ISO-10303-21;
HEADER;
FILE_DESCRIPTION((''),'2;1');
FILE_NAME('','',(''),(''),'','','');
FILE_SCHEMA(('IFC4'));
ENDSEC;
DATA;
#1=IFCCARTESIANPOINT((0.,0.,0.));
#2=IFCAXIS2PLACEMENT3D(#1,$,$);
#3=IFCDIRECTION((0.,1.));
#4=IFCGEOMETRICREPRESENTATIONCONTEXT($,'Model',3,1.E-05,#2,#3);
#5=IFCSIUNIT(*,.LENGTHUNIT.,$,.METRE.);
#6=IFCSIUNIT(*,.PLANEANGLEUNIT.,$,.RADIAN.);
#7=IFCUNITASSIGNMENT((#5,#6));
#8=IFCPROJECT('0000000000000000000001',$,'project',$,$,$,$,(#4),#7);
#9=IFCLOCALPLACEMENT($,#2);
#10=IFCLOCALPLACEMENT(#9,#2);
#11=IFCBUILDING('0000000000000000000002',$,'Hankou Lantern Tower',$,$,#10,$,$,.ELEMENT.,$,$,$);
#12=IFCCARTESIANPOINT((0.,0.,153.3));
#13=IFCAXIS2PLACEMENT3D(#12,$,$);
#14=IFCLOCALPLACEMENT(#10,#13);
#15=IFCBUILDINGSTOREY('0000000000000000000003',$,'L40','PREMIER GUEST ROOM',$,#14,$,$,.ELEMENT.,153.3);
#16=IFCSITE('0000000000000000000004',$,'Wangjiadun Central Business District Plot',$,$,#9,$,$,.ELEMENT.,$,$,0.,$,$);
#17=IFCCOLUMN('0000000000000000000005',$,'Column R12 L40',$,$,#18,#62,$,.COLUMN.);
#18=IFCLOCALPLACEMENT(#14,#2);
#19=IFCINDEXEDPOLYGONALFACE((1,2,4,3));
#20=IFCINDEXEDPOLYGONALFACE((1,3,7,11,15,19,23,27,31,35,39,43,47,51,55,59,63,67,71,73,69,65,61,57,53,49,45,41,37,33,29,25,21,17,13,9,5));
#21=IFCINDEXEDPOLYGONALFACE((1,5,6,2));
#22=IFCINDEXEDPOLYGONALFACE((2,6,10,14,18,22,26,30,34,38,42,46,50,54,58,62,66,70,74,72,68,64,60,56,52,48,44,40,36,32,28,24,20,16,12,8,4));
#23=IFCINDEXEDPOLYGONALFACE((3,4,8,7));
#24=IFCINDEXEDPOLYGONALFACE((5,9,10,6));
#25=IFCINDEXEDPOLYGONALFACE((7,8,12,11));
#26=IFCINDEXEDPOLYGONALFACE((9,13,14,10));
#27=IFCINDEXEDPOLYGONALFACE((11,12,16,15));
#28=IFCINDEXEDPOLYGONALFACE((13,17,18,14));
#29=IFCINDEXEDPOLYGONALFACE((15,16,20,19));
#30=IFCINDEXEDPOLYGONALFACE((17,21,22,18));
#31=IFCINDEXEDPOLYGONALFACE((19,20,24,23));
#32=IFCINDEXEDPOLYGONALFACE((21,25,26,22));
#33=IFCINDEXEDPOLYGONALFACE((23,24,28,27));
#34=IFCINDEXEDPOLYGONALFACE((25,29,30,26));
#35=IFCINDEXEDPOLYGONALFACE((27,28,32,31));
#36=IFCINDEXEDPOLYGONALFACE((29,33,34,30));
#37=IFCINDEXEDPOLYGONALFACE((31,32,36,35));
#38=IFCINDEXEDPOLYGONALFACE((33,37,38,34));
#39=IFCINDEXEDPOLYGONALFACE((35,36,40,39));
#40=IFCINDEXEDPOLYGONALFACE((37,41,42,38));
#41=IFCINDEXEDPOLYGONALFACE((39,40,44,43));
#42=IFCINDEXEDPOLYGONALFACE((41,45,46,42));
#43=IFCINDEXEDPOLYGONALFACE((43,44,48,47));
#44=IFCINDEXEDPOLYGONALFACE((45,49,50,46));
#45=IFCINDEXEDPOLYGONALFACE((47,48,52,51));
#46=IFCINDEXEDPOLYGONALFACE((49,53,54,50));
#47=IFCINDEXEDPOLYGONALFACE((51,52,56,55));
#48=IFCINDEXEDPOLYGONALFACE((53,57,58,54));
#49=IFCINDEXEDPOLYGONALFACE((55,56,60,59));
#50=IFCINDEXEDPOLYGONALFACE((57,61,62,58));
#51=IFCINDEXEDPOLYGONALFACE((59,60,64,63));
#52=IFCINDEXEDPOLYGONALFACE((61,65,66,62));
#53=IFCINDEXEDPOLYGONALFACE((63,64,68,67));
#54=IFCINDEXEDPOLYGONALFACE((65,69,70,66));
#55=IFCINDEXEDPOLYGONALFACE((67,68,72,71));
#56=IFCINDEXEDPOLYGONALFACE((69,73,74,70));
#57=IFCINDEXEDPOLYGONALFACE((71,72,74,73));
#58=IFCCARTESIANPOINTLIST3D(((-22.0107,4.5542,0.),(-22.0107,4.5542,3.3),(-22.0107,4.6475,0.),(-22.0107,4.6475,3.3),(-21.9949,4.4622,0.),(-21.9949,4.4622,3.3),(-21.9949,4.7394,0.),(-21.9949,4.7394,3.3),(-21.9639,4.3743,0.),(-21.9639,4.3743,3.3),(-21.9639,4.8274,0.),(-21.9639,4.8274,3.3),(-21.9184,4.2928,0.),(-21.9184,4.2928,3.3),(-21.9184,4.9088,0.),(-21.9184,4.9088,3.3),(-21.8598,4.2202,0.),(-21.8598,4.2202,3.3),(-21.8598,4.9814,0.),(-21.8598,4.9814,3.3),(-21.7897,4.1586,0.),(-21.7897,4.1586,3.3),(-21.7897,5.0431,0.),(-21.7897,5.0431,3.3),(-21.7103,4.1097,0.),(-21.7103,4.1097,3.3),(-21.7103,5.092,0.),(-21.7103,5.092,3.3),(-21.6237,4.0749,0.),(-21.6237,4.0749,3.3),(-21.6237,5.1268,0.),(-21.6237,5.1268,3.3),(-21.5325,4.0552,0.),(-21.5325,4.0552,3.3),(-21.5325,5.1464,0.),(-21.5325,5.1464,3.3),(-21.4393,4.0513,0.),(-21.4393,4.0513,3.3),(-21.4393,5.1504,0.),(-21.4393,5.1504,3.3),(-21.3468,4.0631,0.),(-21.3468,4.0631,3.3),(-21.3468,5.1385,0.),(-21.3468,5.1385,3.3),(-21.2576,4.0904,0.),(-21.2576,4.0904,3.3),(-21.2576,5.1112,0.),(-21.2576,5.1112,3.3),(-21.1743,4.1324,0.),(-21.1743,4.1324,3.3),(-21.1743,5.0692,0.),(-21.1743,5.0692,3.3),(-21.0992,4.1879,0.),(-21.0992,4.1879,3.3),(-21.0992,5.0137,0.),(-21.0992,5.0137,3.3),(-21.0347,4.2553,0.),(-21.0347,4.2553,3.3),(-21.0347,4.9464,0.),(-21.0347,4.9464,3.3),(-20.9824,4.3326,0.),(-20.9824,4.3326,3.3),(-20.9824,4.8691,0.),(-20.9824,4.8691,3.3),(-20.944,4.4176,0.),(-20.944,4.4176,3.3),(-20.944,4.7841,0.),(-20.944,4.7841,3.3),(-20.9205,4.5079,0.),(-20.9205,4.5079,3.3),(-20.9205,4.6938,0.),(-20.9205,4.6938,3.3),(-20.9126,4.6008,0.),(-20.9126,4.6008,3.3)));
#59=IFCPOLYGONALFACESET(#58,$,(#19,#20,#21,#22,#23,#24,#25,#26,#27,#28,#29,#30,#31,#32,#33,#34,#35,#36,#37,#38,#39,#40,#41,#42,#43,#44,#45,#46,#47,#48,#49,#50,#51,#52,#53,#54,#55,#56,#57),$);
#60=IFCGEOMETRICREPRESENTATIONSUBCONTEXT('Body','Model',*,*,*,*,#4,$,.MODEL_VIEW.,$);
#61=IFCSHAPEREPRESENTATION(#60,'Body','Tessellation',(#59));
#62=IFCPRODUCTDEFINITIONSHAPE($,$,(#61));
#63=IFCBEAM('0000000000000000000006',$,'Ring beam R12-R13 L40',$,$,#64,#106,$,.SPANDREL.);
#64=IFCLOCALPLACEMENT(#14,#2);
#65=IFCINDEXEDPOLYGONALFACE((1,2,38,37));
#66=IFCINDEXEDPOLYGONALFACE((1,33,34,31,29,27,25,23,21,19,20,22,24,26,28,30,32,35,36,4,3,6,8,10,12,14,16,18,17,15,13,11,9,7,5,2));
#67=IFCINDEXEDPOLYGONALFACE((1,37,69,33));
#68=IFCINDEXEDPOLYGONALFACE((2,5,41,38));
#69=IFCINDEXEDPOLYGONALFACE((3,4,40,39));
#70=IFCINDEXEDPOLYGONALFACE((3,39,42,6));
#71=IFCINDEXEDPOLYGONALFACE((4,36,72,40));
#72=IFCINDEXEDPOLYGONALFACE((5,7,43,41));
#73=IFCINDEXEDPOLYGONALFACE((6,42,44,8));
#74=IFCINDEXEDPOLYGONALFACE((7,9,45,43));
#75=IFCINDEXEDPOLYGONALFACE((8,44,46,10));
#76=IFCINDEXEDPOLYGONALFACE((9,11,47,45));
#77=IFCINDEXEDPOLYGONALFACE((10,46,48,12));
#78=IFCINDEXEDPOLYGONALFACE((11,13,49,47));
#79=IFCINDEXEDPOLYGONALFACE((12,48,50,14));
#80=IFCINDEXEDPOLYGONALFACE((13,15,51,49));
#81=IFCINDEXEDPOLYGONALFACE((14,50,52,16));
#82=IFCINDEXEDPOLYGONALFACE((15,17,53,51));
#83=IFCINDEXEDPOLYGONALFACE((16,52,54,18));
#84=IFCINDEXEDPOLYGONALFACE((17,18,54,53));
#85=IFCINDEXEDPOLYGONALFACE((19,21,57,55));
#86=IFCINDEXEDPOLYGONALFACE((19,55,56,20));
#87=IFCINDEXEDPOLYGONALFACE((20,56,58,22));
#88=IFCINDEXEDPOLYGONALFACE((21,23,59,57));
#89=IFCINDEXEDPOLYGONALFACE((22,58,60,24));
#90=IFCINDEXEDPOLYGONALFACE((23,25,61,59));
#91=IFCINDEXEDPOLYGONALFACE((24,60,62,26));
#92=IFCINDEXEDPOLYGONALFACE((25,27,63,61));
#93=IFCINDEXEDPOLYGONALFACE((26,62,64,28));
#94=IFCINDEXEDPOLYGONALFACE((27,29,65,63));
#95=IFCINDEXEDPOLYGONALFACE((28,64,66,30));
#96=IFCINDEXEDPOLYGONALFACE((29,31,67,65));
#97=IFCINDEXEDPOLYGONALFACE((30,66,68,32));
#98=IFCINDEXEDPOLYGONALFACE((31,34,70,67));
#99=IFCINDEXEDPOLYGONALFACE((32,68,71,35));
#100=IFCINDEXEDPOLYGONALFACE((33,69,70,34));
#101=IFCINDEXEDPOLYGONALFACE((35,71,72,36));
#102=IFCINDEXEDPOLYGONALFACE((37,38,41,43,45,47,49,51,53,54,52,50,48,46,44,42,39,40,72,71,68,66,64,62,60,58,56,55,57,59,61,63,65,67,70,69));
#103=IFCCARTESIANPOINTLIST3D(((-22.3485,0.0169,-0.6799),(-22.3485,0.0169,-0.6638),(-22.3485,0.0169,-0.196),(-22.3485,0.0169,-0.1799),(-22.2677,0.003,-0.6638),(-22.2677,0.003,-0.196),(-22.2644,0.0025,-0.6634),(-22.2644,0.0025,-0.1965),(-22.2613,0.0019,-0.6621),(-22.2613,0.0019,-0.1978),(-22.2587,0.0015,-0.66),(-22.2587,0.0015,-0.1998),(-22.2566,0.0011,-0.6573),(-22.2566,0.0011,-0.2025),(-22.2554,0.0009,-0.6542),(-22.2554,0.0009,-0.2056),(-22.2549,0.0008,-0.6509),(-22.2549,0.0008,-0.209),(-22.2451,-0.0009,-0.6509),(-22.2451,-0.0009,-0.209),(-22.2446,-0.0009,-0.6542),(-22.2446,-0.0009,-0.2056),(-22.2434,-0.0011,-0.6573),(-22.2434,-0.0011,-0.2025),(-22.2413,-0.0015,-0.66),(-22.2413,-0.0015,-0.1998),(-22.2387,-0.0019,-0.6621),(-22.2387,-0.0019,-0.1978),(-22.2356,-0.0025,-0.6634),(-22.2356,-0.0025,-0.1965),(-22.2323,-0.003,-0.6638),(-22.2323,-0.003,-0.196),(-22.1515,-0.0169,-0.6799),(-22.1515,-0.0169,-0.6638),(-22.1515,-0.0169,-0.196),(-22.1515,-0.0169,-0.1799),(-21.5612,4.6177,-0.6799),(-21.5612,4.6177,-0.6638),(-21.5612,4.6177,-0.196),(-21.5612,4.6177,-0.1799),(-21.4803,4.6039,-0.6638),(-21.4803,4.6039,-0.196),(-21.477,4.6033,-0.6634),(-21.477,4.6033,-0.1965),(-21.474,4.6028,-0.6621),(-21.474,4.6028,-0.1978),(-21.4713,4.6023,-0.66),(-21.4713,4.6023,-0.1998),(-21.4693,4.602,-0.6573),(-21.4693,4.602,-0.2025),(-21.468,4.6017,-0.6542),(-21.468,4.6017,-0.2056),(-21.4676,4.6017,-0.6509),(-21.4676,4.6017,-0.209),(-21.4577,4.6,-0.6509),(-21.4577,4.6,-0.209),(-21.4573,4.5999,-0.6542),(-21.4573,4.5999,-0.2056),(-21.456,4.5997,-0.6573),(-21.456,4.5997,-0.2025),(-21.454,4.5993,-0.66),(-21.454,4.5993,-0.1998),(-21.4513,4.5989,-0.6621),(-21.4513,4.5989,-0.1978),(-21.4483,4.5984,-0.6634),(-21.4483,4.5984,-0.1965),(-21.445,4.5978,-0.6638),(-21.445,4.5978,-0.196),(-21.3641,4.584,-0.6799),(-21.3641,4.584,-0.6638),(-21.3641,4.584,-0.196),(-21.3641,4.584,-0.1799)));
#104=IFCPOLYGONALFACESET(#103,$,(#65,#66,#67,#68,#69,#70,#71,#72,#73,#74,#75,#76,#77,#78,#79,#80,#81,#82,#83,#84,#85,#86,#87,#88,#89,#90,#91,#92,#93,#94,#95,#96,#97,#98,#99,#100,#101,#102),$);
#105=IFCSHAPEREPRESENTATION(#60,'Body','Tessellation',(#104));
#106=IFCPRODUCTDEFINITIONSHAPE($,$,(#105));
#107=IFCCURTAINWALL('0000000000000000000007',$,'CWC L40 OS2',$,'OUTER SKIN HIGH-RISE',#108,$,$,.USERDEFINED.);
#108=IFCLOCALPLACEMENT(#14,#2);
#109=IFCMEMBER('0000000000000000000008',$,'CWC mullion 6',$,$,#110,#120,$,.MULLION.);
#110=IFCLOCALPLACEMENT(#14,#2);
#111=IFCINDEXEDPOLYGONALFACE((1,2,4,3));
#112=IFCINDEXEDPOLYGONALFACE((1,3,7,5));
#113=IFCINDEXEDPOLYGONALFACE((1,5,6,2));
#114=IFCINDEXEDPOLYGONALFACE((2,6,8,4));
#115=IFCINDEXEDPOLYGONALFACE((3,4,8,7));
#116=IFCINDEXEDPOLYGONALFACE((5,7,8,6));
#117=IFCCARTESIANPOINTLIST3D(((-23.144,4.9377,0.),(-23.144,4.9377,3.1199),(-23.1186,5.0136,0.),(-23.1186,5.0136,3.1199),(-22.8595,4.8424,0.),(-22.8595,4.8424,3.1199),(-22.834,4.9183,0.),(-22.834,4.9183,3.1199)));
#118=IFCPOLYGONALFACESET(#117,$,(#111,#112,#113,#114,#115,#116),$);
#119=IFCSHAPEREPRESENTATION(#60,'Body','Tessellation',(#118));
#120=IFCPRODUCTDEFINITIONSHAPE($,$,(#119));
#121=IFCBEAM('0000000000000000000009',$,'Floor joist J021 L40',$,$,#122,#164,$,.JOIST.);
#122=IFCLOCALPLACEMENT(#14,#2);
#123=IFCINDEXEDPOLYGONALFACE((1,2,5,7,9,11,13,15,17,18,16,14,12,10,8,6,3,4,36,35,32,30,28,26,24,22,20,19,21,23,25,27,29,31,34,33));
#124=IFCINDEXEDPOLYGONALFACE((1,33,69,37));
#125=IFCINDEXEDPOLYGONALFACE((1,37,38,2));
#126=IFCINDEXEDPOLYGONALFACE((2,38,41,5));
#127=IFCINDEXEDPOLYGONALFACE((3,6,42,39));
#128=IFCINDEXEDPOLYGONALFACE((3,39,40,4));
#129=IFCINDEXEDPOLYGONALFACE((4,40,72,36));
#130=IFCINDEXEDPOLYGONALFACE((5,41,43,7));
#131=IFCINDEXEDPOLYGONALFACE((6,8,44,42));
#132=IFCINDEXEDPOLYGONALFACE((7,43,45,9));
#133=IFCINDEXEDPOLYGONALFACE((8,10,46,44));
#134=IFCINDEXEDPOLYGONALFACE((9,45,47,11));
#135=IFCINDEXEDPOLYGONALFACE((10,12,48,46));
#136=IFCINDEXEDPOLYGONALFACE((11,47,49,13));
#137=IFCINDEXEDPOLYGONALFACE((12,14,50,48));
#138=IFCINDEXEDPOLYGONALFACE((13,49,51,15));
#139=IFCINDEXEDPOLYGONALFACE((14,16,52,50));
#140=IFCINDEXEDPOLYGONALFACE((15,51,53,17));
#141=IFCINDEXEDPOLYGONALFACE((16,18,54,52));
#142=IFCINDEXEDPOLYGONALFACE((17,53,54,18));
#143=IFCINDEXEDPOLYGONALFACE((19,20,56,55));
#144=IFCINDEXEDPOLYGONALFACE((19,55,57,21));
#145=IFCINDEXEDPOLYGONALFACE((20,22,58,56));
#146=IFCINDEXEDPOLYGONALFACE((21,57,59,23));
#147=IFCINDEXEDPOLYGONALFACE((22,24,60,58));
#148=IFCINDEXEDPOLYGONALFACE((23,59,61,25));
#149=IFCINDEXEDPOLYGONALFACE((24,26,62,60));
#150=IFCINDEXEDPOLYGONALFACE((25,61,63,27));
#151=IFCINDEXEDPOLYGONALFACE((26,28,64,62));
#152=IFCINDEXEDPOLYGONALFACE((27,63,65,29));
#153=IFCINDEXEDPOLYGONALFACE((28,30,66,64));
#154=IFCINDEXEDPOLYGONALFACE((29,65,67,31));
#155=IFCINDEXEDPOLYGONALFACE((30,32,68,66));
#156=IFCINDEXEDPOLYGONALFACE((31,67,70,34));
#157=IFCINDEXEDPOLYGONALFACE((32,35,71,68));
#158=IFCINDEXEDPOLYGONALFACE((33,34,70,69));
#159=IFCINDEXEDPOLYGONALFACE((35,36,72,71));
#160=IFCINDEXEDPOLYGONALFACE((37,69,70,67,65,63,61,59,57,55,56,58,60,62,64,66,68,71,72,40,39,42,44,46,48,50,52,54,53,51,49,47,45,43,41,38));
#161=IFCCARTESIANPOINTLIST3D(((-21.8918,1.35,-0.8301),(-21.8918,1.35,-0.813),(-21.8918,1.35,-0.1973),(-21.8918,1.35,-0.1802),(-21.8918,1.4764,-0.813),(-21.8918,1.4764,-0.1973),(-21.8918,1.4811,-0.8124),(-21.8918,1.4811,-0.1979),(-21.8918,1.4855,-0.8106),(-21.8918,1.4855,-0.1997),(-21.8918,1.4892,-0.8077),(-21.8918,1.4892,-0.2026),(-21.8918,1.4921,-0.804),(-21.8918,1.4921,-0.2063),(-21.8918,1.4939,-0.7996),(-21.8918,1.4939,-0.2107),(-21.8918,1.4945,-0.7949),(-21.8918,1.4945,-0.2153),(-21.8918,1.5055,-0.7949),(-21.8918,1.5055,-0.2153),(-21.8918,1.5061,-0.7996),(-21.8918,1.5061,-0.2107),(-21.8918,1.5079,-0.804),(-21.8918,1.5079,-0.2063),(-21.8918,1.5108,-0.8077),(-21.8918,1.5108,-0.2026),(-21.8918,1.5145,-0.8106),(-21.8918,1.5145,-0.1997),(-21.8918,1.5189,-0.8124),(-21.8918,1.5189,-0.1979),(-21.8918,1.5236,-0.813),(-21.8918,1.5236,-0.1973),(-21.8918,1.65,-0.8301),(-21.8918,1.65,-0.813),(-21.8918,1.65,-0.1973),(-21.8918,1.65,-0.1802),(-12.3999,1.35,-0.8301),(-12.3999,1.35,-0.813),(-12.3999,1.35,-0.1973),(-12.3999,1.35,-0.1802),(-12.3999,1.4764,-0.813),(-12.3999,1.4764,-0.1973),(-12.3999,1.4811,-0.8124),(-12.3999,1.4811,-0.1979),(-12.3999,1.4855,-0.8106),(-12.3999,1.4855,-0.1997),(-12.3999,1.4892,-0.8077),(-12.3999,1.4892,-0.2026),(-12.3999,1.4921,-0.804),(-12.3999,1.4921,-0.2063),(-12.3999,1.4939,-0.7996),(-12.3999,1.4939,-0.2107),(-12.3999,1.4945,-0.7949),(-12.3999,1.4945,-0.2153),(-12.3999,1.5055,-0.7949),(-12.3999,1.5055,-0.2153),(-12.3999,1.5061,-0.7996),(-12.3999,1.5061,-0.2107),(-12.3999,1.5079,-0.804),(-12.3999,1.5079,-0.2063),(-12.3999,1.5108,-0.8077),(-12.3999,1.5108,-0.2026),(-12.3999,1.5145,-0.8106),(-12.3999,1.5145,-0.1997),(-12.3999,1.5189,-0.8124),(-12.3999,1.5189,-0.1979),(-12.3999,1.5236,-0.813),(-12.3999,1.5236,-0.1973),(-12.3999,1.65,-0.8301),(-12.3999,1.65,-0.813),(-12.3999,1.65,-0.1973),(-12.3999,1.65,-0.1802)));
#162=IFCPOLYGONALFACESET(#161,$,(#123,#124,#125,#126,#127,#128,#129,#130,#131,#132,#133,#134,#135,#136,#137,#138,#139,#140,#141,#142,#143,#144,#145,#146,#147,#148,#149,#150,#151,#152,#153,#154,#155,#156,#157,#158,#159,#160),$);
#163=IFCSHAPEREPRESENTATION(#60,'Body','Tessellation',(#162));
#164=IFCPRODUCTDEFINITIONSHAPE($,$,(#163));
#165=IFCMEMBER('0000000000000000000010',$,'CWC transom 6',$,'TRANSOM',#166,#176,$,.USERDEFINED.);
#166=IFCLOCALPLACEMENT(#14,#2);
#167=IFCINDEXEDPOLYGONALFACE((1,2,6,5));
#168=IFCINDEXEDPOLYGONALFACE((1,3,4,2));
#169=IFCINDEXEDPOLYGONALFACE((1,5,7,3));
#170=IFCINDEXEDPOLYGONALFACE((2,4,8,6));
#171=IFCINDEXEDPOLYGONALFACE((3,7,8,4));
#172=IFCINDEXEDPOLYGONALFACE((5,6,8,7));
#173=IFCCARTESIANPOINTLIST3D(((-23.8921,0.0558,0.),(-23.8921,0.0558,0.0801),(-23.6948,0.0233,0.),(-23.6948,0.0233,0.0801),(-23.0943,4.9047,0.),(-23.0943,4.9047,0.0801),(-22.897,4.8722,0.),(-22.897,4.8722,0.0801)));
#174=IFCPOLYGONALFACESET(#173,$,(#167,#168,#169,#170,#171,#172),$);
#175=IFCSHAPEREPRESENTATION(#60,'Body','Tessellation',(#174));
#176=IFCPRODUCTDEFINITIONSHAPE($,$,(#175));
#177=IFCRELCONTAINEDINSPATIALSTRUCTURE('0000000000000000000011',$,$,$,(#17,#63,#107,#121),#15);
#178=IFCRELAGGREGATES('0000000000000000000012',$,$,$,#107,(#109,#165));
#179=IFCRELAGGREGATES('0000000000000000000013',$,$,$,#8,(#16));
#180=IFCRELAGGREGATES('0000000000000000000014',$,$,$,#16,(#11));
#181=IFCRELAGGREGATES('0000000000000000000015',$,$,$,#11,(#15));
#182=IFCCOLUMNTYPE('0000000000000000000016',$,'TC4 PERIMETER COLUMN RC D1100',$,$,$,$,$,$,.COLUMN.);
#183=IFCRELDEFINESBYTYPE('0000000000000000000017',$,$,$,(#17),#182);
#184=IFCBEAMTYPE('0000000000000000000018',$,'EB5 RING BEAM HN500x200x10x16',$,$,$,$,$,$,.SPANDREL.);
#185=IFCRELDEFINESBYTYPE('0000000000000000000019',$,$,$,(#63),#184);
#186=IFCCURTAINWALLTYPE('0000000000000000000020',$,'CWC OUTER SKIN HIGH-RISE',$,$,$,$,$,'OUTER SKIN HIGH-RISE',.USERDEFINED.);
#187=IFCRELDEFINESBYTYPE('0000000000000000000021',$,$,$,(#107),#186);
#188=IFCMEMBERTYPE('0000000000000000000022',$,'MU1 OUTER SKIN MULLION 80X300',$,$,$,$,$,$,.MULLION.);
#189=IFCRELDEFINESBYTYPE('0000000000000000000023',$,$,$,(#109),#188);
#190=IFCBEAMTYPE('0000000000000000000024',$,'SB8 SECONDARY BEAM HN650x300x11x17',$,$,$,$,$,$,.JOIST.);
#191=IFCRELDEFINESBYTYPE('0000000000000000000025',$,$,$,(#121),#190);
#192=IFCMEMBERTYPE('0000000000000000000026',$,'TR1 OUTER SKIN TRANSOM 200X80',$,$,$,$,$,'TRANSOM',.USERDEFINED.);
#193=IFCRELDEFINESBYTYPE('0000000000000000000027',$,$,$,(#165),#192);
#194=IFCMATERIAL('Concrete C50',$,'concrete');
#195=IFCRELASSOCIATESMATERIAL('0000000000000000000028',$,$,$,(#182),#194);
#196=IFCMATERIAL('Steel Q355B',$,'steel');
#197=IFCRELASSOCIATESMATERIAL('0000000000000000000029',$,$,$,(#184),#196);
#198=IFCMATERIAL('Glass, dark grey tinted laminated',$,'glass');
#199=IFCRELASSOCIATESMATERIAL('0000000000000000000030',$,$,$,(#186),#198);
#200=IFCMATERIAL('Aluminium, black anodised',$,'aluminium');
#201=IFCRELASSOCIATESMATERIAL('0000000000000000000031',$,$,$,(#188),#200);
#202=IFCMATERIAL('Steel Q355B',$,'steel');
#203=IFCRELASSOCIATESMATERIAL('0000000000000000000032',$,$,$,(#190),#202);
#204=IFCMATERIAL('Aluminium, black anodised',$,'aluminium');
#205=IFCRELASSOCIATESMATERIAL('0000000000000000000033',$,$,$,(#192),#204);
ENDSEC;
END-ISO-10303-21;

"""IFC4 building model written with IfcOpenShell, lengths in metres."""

from ifc_helpers import new_model, si_unit, direction, frame, origin, origin_2d, place, context, subcontext, project, spatial, rectangle, circle, i_section, extrude, material, material_profile, profile_set, type_object, element, aggregate, save


model = new_model("IFC4")

# Units and contexts
model_context = context("Model", 3, precision=1e-05, world=origin(), true_north=direction((0.0, 1.0)))
body_context = subcontext(model_context, "Body", "Model", "MODEL_VIEW")
ifc_project = project(units=[si_unit("LENGTHUNIT", "METRE"), si_unit("PLANEANGLEUNIT", "RADIAN")], contexts=[model_context])

# Site, building, storey
site_placement = place(None, origin())
site = spatial("IfcSite", under=ifc_project, at=site_placement, Name="Wangjiadun Central Business District Plot", CompositionType="ELEMENT", RefElevation=0.0)
building_placement = place(site_placement, origin())
building = spatial("IfcBuilding", under=site, at=building_placement, Name="Hankou Lantern Tower", CompositionType="ELEMENT")
storey_placement = place(building_placement, frame((0.0, 0.0, 153.3)))
storey = spatial("IfcBuildingStorey", under=building, at=storey_placement, Name="L40", Description="PREMIER GUEST ROOM", CompositionType="ELEMENT", Elevation=153.3)

# Column
ifc_material_1 = material(Name="Concrete C50", Category="concrete")
ifc_material_profile_1 = material_profile(ifc_material_1, circle(Radius=0.55, at=origin_2d()), Name="RC D1100")
ifc_profile_set_1 = profile_set([ifc_material_profile_1], Name="Concrete C50")
column_type = type_object("IfcColumnType", Name="TC4 PERIMETER COLUMN RC D1100", PredefinedType="COLUMN", material=ifc_profile_set_1)
column_placement = place(storey_placement, frame((-21.4626, 4.6008, 0.0), z_axis=(0.0, 0.0, 1.0), x_axis=(1.0, 0.0, 0.0)))
element("IfcColumn", 1, at=column_placement, inside=storey, type_object=column_type, Name="Column R12 L40", PredefinedType="COLUMN", context=body_context, shape_type="SweptSolid", body=[
    extrude(circle(Radius=0.55, at=origin_2d()), origin(), (0.0, 0.0, 1.0), 3.3),
])

# Beam
ifc_material_2 = material(Name="Steel Q355B", Category="steel")
ifc_material_profile_2 = material_profile(ifc_material_2, i_section(OverallWidth=0.2, OverallDepth=0.5, WebThickness=0.01, FlangeThickness=0.0161, FilletRadius=0.0129, at=origin_2d()), Name="HN500x200x10x16")
ifc_profile_set_2 = profile_set([ifc_material_profile_2], Name="Steel Q355B")
beam_type_1 = type_object("IfcBeamType", Name="EB5 RING BEAM HN500x200x10x16", PredefinedType="SPANDREL", material=ifc_profile_set_2)
beam_1_placement = place(storey_placement, frame((-21.4626, 4.6008, -0.4299), z_axis=(-0.168681, -0.985671, 0.0), x_axis=(0.985671, -0.168681, 0.0)))
element("IfcBeam", 2, at=beam_1_placement, inside=storey, type_object=beam_type_1, Name="Ring beam R12-R13 L40", PredefinedType="SPANDREL", context=body_context, shape_type="SweptSolid", body=[
    extrude(i_section(OverallWidth=0.2, OverallDepth=0.5, WebThickness=0.01, FlangeThickness=0.0161, FilletRadius=0.0129, at=origin_2d()), origin(), (0.0, 0.0, 1.0), 4.6677),
])

# Curtain wall, member
ifc_material_3 = material(Name="Glass, dark grey tinted laminated", Category="glass")
curtain_wall_type = type_object("IfcCurtainWallType", Name="CWC OUTER SKIN HIGH-RISE", ElementType="OUTER SKIN HIGH-RISE", PredefinedType="USERDEFINED", material=ifc_material_3)
curtain_wall_placement = place(storey_placement, origin())
curtain_wall = element("IfcCurtainWall", 3, at=curtain_wall_placement, inside=storey, type_object=curtain_wall_type, Name="CWC L40 OS2", ObjectType="OUTER SKIN HIGH-RISE", PredefinedType="USERDEFINED")
ifc_material_4 = material(Name="Aluminium, black anodised", Category="aluminium")
ifc_material_profile_3 = material_profile(ifc_material_4, rectangle(XDim=0.0801, YDim=0.3, at=origin_2d()), Name="MU1 80X300")
ifc_profile_set_3 = profile_set([ifc_material_profile_3], Name="Aluminium, black anodised")
member_type_1 = type_object("IfcMemberType", Name="MU1 OUTER SKIN MULLION 80X300", PredefinedType="MULLION", material=ifc_profile_set_3)
member_1_placement = place(storey_placement, frame((-22.989, 4.928, 0.0), z_axis=(0.0, 0.0, 1.0), x_axis=(-0.317596, -0.948226, 0.0)))
member_1 = element("IfcMember", 4, at=member_1_placement, type_object=member_type_1, Name="CWC mullion 6", PredefinedType="MULLION", context=body_context, shape_type="SweptSolid", body=[
    extrude(rectangle(XDim=0.0801, YDim=0.3, at=origin_2d()), origin(), (0.0, 0.0, 1.0), 3.1199),
])

# Beam
ifc_material_5 = material(Name="Steel Q355B", Category="steel")
ifc_material_profile_4 = material_profile(ifc_material_5, i_section(OverallWidth=0.3, OverallDepth=0.6499, WebThickness=0.011, FlangeThickness=0.0171, FilletRadius=0.0181, at=origin_2d()), Name="HN650x300x11x17")
ifc_profile_set_4 = profile_set([ifc_material_profile_4], Name="Steel Q355B")
beam_type_2 = type_object("IfcBeamType", Name="SB8 SECONDARY BEAM HN650x300x11x17", PredefinedType="JOIST", material=ifc_profile_set_4)
beam_2_placement = place(storey_placement, frame((-21.8918, 1.5, -0.5051), z_axis=(1.0, 0.0, 0.0), x_axis=(0.0, 1.0, 0.0)))
element("IfcBeam", 5, at=beam_2_placement, inside=storey, type_object=beam_type_2, Name="Floor joist J021 L40", PredefinedType="JOIST", context=body_context, shape_type="SweptSolid", body=[
    extrude(i_section(OverallWidth=0.3, OverallDepth=0.6499, WebThickness=0.011, FlangeThickness=0.0171, FilletRadius=0.0181, at=origin_2d()), origin(), (0.0, 0.0, 1.0), 9.4919),
])

# Member
ifc_material_6 = material(Name="Aluminium, black anodised", Category="aluminium")
ifc_material_profile_5 = material_profile(ifc_material_6, rectangle(XDim=0.2, YDim=0.0801, at=origin_2d()), Name="TR1 200X80")
ifc_profile_set_5 = profile_set([ifc_material_profile_5], Name="Aluminium, black anodised")
member_type_2 = type_object("IfcMemberType", Name="TR1 OUTER SKIN TRANSOM 200X80", ElementType="TRANSOM", PredefinedType="USERDEFINED", material=ifc_profile_set_5)
member_2_placement = place(storey_placement, frame((-22.9956, 4.8884, 0.04), z_axis=(-0.16236, -0.986732, 0.0), x_axis=(0.986732, -0.16236, 0.0)))
member_2 = element("IfcMember", 6, at=member_2_placement, type_object=member_type_2, Name="CWC transom 6", ObjectType="TRANSOM", PredefinedType="USERDEFINED", context=body_context, shape_type="SweptSolid", body=[
    extrude(rectangle(XDim=0.2, YDim=0.0801, at=origin_2d()), origin(), (0.0, 0.0, 1.0), 4.9141),
])

aggregate(curtain_wall, [member_1, member_2])

save(model, "model.ifc")
